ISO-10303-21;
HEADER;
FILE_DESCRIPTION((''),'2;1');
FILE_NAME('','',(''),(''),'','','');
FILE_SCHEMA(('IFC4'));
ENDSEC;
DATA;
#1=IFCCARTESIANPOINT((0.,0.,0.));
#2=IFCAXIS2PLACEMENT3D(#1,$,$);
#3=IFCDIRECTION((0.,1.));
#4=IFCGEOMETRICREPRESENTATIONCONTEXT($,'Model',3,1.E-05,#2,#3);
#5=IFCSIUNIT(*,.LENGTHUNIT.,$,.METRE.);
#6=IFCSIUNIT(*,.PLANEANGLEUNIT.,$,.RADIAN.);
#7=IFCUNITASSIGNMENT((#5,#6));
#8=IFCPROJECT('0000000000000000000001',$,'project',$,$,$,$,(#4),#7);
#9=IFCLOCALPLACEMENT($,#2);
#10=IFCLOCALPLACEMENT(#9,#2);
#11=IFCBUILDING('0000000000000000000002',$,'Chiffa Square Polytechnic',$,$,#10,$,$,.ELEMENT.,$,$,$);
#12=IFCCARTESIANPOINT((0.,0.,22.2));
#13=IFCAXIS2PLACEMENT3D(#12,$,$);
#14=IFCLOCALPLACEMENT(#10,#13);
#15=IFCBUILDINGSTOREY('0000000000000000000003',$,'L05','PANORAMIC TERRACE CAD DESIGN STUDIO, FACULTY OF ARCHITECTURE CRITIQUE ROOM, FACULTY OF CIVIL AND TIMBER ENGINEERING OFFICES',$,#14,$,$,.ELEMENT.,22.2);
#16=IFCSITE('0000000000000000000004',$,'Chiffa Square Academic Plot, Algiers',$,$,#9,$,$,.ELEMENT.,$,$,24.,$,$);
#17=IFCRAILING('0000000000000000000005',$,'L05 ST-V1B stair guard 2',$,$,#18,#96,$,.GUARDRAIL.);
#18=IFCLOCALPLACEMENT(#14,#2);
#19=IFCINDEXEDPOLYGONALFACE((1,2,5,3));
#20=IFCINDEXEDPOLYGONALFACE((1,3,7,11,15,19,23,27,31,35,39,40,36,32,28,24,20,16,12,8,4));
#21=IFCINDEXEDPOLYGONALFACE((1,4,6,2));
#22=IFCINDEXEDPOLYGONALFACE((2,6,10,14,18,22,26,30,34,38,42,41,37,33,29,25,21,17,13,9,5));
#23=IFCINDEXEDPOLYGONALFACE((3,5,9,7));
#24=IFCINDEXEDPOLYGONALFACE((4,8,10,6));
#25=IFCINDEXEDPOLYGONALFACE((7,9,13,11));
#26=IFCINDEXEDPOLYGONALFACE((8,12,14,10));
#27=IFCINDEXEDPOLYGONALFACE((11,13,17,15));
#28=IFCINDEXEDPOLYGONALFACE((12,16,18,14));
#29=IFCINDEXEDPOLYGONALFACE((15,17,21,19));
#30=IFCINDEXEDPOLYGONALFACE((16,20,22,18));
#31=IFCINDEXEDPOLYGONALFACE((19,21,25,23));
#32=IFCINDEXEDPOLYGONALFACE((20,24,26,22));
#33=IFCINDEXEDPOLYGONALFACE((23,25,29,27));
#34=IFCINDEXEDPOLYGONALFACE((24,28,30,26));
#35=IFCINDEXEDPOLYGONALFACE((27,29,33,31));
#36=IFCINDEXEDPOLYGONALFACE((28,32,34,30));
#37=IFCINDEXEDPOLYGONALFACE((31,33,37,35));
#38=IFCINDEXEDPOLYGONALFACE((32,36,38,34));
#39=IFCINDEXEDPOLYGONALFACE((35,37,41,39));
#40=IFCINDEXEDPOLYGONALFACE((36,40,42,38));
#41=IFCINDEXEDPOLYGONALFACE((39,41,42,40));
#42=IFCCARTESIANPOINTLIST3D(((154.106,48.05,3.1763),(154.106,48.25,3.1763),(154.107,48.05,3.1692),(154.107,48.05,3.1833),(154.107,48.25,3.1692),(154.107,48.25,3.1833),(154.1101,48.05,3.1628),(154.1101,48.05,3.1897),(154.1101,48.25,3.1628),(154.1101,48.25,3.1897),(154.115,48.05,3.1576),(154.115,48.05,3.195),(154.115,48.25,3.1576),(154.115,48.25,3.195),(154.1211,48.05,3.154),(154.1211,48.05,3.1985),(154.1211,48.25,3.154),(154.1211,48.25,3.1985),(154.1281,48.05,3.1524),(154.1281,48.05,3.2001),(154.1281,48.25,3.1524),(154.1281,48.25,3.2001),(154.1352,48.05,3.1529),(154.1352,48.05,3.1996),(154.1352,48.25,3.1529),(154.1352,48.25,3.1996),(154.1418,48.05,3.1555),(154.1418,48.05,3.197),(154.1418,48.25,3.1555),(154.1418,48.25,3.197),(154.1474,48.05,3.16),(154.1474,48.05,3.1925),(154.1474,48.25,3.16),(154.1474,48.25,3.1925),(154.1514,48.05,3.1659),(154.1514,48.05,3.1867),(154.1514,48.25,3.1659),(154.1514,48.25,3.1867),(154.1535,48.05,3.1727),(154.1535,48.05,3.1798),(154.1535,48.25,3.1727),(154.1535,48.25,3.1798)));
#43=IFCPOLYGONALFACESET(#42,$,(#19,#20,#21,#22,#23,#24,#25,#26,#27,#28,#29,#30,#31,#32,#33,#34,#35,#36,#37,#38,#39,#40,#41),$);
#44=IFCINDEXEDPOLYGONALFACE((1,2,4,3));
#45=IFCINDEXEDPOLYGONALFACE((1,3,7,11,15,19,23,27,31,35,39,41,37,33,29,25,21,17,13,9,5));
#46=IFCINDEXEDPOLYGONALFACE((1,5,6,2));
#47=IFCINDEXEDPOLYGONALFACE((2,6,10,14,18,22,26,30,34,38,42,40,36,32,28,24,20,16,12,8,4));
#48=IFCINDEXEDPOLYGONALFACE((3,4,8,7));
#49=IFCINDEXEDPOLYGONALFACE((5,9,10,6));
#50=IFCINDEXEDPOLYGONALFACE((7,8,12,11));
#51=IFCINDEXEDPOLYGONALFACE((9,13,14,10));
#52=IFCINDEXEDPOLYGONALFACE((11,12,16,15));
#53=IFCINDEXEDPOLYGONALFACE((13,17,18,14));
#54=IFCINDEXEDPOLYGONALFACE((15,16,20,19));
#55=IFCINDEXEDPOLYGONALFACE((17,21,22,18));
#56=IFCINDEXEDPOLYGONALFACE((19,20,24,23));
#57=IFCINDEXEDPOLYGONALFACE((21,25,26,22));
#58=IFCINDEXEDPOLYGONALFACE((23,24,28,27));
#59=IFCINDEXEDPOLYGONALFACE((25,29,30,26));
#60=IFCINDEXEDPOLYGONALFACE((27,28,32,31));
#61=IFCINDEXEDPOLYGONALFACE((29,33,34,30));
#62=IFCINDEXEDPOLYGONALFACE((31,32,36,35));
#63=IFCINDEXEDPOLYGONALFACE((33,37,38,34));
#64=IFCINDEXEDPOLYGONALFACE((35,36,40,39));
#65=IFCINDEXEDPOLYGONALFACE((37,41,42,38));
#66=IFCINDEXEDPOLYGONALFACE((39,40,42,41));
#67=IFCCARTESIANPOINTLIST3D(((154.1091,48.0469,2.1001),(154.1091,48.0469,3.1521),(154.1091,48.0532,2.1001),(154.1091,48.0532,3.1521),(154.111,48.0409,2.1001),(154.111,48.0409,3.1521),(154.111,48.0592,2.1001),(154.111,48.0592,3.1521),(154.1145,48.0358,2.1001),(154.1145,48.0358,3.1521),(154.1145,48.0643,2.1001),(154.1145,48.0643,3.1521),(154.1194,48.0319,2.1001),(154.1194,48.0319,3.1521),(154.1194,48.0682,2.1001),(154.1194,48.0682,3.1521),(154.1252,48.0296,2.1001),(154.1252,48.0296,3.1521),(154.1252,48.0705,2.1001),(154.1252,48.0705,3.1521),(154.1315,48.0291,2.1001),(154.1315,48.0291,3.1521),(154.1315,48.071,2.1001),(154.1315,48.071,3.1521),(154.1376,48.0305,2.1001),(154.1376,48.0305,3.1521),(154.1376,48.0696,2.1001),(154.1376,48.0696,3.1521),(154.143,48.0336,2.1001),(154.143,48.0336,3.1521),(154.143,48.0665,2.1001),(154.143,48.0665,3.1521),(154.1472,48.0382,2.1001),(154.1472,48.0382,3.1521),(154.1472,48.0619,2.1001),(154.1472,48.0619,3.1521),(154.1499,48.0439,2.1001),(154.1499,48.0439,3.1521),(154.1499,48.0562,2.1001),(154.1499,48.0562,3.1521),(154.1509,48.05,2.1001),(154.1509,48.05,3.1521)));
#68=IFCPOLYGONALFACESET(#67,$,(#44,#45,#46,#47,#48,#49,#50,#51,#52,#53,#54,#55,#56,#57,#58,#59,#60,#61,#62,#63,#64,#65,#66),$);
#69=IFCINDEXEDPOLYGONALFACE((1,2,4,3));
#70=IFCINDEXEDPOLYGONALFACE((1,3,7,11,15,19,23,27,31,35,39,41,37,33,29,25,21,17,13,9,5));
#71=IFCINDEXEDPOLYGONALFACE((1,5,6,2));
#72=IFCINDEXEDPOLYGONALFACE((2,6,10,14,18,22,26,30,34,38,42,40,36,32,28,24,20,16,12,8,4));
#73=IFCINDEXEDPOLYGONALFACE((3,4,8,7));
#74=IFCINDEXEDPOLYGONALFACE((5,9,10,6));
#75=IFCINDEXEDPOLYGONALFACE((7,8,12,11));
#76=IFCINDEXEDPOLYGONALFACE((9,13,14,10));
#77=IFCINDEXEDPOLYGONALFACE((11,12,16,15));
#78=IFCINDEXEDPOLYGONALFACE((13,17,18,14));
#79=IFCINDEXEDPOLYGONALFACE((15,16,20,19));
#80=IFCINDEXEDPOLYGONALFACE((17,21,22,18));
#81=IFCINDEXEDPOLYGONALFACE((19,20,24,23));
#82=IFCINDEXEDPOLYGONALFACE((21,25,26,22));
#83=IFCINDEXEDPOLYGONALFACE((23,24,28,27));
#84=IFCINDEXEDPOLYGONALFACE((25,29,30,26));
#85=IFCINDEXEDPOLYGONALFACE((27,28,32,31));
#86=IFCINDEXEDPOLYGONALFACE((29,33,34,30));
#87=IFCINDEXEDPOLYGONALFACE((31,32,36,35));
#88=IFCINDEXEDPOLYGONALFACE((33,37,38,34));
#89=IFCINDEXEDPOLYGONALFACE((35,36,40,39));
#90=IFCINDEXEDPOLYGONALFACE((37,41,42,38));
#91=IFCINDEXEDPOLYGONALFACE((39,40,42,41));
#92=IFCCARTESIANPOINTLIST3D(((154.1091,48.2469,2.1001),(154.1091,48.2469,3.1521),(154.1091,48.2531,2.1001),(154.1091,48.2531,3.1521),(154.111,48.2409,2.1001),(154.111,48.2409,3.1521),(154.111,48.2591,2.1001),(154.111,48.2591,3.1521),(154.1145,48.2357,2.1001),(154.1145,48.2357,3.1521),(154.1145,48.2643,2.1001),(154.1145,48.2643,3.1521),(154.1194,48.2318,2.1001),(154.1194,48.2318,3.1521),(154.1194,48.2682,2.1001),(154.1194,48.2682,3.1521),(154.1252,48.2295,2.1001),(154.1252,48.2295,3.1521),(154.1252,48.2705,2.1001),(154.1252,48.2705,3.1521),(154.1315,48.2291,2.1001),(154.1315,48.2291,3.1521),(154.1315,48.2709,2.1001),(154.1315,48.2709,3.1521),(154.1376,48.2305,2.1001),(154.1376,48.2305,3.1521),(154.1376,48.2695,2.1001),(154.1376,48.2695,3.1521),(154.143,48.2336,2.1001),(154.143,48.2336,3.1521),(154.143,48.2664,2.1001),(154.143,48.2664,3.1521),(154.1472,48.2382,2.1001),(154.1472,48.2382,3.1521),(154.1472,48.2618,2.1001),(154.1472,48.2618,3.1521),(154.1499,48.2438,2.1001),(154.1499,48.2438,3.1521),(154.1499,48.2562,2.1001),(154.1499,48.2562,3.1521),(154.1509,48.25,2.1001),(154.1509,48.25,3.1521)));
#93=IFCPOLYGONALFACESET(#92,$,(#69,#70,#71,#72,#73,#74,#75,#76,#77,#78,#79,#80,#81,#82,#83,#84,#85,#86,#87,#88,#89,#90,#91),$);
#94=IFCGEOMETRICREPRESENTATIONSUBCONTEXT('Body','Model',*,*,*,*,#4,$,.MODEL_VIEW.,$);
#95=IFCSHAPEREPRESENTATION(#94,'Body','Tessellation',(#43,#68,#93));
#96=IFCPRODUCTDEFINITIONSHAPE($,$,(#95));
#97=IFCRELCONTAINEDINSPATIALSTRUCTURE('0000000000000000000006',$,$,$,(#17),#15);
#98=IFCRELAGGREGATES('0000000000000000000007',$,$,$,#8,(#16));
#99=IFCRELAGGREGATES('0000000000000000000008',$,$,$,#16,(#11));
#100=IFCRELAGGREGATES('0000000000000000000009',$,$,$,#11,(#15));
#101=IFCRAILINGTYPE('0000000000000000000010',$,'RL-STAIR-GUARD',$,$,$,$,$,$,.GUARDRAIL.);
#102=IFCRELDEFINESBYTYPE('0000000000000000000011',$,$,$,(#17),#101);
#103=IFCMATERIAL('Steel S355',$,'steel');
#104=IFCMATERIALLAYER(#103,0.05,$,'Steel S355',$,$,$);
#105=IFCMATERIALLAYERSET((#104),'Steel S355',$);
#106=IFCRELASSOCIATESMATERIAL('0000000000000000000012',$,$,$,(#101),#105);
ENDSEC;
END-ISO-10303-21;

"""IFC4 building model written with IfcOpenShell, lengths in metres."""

from ifc_helpers import new_model, si_unit, direction, frame, origin, origin_2d, place, context, subcontext, project, spatial, circle, extrude, material, layer, layer_set, type_object, element, save


model = new_model("IFC4")

# Units and contexts
model_context = context("Model", 3, precision=1e-05, world=origin(), true_north=direction((0.0, 1.0)))
body_context = subcontext(model_context, "Body", "Model", "MODEL_VIEW")
ifc_project = project(units=[si_unit("LENGTHUNIT", "METRE"), si_unit("PLANEANGLEUNIT", "RADIAN")], contexts=[model_context])

# Site, building, storey
site_placement = place(None, origin())
site = spatial("IfcSite", under=ifc_project, at=site_placement, Name="Chiffa Square Academic Plot, Algiers", CompositionType="ELEMENT", RefElevation=24.0)
building_placement = place(site_placement, origin())
building = spatial("IfcBuilding", under=site, at=building_placement, Name="Chiffa Square Polytechnic", CompositionType="ELEMENT")
storey_placement = place(building_placement, frame((0.0, 0.0, 22.2)))
storey = spatial("IfcBuildingStorey", under=building, at=storey_placement, Name="L05", Description="PANORAMIC TERRACE CAD DESIGN STUDIO, FACULTY OF ARCHITECTURE CRITIQUE ROOM, FACULTY OF CIVIL AND TIMBER ENGINEERING OFFICES", CompositionType="ELEMENT", Elevation=22.2)

# Railing
ifc_material_1 = material(Name="Steel S355", Category="steel")
ifc_layer_1 = layer(ifc_material_1, 0.05, Name="Steel S355")
ifc_layer_set_1 = layer_set([ifc_layer_1], Name="Steel S355")
railing_type_1 = type_object("IfcRailingType", Name="RL-STAIR-GUARD", PredefinedType="GUARDRAIL", material=ifc_layer_set_1)
railing_1_placement = place(storey_placement, frame((154.1299, 48.05, 2.1001)))
element("IfcRailing", 1, at=railing_1_placement, inside=storey, type_object=railing_type_1, Name="L05 ST-V1B stair guard 2", PredefinedType="GUARDRAIL", context=body_context, shape_type="SweptSolid", body=[
    extrude(circle(Radius=0.0239, at=origin_2d()), frame((0.0, 0.0, 1.0762), z_axis=(0.0, 1.0, 0.0), x_axis=(-1.0, 0.0, 0.0)), (0.0, 0.0, 1.0), 0.2),
    extrude(circle(Radius=0.021, at=origin_2d()), origin(), (0.0, 0.0, 1.0), 1.052),
    extrude(circle(Radius=0.021, at=origin_2d()), frame((0.0, 0.2, 0.0)), (0.0, 0.0, 1.0), 1.052),
])

save(model, "model.ifc")
